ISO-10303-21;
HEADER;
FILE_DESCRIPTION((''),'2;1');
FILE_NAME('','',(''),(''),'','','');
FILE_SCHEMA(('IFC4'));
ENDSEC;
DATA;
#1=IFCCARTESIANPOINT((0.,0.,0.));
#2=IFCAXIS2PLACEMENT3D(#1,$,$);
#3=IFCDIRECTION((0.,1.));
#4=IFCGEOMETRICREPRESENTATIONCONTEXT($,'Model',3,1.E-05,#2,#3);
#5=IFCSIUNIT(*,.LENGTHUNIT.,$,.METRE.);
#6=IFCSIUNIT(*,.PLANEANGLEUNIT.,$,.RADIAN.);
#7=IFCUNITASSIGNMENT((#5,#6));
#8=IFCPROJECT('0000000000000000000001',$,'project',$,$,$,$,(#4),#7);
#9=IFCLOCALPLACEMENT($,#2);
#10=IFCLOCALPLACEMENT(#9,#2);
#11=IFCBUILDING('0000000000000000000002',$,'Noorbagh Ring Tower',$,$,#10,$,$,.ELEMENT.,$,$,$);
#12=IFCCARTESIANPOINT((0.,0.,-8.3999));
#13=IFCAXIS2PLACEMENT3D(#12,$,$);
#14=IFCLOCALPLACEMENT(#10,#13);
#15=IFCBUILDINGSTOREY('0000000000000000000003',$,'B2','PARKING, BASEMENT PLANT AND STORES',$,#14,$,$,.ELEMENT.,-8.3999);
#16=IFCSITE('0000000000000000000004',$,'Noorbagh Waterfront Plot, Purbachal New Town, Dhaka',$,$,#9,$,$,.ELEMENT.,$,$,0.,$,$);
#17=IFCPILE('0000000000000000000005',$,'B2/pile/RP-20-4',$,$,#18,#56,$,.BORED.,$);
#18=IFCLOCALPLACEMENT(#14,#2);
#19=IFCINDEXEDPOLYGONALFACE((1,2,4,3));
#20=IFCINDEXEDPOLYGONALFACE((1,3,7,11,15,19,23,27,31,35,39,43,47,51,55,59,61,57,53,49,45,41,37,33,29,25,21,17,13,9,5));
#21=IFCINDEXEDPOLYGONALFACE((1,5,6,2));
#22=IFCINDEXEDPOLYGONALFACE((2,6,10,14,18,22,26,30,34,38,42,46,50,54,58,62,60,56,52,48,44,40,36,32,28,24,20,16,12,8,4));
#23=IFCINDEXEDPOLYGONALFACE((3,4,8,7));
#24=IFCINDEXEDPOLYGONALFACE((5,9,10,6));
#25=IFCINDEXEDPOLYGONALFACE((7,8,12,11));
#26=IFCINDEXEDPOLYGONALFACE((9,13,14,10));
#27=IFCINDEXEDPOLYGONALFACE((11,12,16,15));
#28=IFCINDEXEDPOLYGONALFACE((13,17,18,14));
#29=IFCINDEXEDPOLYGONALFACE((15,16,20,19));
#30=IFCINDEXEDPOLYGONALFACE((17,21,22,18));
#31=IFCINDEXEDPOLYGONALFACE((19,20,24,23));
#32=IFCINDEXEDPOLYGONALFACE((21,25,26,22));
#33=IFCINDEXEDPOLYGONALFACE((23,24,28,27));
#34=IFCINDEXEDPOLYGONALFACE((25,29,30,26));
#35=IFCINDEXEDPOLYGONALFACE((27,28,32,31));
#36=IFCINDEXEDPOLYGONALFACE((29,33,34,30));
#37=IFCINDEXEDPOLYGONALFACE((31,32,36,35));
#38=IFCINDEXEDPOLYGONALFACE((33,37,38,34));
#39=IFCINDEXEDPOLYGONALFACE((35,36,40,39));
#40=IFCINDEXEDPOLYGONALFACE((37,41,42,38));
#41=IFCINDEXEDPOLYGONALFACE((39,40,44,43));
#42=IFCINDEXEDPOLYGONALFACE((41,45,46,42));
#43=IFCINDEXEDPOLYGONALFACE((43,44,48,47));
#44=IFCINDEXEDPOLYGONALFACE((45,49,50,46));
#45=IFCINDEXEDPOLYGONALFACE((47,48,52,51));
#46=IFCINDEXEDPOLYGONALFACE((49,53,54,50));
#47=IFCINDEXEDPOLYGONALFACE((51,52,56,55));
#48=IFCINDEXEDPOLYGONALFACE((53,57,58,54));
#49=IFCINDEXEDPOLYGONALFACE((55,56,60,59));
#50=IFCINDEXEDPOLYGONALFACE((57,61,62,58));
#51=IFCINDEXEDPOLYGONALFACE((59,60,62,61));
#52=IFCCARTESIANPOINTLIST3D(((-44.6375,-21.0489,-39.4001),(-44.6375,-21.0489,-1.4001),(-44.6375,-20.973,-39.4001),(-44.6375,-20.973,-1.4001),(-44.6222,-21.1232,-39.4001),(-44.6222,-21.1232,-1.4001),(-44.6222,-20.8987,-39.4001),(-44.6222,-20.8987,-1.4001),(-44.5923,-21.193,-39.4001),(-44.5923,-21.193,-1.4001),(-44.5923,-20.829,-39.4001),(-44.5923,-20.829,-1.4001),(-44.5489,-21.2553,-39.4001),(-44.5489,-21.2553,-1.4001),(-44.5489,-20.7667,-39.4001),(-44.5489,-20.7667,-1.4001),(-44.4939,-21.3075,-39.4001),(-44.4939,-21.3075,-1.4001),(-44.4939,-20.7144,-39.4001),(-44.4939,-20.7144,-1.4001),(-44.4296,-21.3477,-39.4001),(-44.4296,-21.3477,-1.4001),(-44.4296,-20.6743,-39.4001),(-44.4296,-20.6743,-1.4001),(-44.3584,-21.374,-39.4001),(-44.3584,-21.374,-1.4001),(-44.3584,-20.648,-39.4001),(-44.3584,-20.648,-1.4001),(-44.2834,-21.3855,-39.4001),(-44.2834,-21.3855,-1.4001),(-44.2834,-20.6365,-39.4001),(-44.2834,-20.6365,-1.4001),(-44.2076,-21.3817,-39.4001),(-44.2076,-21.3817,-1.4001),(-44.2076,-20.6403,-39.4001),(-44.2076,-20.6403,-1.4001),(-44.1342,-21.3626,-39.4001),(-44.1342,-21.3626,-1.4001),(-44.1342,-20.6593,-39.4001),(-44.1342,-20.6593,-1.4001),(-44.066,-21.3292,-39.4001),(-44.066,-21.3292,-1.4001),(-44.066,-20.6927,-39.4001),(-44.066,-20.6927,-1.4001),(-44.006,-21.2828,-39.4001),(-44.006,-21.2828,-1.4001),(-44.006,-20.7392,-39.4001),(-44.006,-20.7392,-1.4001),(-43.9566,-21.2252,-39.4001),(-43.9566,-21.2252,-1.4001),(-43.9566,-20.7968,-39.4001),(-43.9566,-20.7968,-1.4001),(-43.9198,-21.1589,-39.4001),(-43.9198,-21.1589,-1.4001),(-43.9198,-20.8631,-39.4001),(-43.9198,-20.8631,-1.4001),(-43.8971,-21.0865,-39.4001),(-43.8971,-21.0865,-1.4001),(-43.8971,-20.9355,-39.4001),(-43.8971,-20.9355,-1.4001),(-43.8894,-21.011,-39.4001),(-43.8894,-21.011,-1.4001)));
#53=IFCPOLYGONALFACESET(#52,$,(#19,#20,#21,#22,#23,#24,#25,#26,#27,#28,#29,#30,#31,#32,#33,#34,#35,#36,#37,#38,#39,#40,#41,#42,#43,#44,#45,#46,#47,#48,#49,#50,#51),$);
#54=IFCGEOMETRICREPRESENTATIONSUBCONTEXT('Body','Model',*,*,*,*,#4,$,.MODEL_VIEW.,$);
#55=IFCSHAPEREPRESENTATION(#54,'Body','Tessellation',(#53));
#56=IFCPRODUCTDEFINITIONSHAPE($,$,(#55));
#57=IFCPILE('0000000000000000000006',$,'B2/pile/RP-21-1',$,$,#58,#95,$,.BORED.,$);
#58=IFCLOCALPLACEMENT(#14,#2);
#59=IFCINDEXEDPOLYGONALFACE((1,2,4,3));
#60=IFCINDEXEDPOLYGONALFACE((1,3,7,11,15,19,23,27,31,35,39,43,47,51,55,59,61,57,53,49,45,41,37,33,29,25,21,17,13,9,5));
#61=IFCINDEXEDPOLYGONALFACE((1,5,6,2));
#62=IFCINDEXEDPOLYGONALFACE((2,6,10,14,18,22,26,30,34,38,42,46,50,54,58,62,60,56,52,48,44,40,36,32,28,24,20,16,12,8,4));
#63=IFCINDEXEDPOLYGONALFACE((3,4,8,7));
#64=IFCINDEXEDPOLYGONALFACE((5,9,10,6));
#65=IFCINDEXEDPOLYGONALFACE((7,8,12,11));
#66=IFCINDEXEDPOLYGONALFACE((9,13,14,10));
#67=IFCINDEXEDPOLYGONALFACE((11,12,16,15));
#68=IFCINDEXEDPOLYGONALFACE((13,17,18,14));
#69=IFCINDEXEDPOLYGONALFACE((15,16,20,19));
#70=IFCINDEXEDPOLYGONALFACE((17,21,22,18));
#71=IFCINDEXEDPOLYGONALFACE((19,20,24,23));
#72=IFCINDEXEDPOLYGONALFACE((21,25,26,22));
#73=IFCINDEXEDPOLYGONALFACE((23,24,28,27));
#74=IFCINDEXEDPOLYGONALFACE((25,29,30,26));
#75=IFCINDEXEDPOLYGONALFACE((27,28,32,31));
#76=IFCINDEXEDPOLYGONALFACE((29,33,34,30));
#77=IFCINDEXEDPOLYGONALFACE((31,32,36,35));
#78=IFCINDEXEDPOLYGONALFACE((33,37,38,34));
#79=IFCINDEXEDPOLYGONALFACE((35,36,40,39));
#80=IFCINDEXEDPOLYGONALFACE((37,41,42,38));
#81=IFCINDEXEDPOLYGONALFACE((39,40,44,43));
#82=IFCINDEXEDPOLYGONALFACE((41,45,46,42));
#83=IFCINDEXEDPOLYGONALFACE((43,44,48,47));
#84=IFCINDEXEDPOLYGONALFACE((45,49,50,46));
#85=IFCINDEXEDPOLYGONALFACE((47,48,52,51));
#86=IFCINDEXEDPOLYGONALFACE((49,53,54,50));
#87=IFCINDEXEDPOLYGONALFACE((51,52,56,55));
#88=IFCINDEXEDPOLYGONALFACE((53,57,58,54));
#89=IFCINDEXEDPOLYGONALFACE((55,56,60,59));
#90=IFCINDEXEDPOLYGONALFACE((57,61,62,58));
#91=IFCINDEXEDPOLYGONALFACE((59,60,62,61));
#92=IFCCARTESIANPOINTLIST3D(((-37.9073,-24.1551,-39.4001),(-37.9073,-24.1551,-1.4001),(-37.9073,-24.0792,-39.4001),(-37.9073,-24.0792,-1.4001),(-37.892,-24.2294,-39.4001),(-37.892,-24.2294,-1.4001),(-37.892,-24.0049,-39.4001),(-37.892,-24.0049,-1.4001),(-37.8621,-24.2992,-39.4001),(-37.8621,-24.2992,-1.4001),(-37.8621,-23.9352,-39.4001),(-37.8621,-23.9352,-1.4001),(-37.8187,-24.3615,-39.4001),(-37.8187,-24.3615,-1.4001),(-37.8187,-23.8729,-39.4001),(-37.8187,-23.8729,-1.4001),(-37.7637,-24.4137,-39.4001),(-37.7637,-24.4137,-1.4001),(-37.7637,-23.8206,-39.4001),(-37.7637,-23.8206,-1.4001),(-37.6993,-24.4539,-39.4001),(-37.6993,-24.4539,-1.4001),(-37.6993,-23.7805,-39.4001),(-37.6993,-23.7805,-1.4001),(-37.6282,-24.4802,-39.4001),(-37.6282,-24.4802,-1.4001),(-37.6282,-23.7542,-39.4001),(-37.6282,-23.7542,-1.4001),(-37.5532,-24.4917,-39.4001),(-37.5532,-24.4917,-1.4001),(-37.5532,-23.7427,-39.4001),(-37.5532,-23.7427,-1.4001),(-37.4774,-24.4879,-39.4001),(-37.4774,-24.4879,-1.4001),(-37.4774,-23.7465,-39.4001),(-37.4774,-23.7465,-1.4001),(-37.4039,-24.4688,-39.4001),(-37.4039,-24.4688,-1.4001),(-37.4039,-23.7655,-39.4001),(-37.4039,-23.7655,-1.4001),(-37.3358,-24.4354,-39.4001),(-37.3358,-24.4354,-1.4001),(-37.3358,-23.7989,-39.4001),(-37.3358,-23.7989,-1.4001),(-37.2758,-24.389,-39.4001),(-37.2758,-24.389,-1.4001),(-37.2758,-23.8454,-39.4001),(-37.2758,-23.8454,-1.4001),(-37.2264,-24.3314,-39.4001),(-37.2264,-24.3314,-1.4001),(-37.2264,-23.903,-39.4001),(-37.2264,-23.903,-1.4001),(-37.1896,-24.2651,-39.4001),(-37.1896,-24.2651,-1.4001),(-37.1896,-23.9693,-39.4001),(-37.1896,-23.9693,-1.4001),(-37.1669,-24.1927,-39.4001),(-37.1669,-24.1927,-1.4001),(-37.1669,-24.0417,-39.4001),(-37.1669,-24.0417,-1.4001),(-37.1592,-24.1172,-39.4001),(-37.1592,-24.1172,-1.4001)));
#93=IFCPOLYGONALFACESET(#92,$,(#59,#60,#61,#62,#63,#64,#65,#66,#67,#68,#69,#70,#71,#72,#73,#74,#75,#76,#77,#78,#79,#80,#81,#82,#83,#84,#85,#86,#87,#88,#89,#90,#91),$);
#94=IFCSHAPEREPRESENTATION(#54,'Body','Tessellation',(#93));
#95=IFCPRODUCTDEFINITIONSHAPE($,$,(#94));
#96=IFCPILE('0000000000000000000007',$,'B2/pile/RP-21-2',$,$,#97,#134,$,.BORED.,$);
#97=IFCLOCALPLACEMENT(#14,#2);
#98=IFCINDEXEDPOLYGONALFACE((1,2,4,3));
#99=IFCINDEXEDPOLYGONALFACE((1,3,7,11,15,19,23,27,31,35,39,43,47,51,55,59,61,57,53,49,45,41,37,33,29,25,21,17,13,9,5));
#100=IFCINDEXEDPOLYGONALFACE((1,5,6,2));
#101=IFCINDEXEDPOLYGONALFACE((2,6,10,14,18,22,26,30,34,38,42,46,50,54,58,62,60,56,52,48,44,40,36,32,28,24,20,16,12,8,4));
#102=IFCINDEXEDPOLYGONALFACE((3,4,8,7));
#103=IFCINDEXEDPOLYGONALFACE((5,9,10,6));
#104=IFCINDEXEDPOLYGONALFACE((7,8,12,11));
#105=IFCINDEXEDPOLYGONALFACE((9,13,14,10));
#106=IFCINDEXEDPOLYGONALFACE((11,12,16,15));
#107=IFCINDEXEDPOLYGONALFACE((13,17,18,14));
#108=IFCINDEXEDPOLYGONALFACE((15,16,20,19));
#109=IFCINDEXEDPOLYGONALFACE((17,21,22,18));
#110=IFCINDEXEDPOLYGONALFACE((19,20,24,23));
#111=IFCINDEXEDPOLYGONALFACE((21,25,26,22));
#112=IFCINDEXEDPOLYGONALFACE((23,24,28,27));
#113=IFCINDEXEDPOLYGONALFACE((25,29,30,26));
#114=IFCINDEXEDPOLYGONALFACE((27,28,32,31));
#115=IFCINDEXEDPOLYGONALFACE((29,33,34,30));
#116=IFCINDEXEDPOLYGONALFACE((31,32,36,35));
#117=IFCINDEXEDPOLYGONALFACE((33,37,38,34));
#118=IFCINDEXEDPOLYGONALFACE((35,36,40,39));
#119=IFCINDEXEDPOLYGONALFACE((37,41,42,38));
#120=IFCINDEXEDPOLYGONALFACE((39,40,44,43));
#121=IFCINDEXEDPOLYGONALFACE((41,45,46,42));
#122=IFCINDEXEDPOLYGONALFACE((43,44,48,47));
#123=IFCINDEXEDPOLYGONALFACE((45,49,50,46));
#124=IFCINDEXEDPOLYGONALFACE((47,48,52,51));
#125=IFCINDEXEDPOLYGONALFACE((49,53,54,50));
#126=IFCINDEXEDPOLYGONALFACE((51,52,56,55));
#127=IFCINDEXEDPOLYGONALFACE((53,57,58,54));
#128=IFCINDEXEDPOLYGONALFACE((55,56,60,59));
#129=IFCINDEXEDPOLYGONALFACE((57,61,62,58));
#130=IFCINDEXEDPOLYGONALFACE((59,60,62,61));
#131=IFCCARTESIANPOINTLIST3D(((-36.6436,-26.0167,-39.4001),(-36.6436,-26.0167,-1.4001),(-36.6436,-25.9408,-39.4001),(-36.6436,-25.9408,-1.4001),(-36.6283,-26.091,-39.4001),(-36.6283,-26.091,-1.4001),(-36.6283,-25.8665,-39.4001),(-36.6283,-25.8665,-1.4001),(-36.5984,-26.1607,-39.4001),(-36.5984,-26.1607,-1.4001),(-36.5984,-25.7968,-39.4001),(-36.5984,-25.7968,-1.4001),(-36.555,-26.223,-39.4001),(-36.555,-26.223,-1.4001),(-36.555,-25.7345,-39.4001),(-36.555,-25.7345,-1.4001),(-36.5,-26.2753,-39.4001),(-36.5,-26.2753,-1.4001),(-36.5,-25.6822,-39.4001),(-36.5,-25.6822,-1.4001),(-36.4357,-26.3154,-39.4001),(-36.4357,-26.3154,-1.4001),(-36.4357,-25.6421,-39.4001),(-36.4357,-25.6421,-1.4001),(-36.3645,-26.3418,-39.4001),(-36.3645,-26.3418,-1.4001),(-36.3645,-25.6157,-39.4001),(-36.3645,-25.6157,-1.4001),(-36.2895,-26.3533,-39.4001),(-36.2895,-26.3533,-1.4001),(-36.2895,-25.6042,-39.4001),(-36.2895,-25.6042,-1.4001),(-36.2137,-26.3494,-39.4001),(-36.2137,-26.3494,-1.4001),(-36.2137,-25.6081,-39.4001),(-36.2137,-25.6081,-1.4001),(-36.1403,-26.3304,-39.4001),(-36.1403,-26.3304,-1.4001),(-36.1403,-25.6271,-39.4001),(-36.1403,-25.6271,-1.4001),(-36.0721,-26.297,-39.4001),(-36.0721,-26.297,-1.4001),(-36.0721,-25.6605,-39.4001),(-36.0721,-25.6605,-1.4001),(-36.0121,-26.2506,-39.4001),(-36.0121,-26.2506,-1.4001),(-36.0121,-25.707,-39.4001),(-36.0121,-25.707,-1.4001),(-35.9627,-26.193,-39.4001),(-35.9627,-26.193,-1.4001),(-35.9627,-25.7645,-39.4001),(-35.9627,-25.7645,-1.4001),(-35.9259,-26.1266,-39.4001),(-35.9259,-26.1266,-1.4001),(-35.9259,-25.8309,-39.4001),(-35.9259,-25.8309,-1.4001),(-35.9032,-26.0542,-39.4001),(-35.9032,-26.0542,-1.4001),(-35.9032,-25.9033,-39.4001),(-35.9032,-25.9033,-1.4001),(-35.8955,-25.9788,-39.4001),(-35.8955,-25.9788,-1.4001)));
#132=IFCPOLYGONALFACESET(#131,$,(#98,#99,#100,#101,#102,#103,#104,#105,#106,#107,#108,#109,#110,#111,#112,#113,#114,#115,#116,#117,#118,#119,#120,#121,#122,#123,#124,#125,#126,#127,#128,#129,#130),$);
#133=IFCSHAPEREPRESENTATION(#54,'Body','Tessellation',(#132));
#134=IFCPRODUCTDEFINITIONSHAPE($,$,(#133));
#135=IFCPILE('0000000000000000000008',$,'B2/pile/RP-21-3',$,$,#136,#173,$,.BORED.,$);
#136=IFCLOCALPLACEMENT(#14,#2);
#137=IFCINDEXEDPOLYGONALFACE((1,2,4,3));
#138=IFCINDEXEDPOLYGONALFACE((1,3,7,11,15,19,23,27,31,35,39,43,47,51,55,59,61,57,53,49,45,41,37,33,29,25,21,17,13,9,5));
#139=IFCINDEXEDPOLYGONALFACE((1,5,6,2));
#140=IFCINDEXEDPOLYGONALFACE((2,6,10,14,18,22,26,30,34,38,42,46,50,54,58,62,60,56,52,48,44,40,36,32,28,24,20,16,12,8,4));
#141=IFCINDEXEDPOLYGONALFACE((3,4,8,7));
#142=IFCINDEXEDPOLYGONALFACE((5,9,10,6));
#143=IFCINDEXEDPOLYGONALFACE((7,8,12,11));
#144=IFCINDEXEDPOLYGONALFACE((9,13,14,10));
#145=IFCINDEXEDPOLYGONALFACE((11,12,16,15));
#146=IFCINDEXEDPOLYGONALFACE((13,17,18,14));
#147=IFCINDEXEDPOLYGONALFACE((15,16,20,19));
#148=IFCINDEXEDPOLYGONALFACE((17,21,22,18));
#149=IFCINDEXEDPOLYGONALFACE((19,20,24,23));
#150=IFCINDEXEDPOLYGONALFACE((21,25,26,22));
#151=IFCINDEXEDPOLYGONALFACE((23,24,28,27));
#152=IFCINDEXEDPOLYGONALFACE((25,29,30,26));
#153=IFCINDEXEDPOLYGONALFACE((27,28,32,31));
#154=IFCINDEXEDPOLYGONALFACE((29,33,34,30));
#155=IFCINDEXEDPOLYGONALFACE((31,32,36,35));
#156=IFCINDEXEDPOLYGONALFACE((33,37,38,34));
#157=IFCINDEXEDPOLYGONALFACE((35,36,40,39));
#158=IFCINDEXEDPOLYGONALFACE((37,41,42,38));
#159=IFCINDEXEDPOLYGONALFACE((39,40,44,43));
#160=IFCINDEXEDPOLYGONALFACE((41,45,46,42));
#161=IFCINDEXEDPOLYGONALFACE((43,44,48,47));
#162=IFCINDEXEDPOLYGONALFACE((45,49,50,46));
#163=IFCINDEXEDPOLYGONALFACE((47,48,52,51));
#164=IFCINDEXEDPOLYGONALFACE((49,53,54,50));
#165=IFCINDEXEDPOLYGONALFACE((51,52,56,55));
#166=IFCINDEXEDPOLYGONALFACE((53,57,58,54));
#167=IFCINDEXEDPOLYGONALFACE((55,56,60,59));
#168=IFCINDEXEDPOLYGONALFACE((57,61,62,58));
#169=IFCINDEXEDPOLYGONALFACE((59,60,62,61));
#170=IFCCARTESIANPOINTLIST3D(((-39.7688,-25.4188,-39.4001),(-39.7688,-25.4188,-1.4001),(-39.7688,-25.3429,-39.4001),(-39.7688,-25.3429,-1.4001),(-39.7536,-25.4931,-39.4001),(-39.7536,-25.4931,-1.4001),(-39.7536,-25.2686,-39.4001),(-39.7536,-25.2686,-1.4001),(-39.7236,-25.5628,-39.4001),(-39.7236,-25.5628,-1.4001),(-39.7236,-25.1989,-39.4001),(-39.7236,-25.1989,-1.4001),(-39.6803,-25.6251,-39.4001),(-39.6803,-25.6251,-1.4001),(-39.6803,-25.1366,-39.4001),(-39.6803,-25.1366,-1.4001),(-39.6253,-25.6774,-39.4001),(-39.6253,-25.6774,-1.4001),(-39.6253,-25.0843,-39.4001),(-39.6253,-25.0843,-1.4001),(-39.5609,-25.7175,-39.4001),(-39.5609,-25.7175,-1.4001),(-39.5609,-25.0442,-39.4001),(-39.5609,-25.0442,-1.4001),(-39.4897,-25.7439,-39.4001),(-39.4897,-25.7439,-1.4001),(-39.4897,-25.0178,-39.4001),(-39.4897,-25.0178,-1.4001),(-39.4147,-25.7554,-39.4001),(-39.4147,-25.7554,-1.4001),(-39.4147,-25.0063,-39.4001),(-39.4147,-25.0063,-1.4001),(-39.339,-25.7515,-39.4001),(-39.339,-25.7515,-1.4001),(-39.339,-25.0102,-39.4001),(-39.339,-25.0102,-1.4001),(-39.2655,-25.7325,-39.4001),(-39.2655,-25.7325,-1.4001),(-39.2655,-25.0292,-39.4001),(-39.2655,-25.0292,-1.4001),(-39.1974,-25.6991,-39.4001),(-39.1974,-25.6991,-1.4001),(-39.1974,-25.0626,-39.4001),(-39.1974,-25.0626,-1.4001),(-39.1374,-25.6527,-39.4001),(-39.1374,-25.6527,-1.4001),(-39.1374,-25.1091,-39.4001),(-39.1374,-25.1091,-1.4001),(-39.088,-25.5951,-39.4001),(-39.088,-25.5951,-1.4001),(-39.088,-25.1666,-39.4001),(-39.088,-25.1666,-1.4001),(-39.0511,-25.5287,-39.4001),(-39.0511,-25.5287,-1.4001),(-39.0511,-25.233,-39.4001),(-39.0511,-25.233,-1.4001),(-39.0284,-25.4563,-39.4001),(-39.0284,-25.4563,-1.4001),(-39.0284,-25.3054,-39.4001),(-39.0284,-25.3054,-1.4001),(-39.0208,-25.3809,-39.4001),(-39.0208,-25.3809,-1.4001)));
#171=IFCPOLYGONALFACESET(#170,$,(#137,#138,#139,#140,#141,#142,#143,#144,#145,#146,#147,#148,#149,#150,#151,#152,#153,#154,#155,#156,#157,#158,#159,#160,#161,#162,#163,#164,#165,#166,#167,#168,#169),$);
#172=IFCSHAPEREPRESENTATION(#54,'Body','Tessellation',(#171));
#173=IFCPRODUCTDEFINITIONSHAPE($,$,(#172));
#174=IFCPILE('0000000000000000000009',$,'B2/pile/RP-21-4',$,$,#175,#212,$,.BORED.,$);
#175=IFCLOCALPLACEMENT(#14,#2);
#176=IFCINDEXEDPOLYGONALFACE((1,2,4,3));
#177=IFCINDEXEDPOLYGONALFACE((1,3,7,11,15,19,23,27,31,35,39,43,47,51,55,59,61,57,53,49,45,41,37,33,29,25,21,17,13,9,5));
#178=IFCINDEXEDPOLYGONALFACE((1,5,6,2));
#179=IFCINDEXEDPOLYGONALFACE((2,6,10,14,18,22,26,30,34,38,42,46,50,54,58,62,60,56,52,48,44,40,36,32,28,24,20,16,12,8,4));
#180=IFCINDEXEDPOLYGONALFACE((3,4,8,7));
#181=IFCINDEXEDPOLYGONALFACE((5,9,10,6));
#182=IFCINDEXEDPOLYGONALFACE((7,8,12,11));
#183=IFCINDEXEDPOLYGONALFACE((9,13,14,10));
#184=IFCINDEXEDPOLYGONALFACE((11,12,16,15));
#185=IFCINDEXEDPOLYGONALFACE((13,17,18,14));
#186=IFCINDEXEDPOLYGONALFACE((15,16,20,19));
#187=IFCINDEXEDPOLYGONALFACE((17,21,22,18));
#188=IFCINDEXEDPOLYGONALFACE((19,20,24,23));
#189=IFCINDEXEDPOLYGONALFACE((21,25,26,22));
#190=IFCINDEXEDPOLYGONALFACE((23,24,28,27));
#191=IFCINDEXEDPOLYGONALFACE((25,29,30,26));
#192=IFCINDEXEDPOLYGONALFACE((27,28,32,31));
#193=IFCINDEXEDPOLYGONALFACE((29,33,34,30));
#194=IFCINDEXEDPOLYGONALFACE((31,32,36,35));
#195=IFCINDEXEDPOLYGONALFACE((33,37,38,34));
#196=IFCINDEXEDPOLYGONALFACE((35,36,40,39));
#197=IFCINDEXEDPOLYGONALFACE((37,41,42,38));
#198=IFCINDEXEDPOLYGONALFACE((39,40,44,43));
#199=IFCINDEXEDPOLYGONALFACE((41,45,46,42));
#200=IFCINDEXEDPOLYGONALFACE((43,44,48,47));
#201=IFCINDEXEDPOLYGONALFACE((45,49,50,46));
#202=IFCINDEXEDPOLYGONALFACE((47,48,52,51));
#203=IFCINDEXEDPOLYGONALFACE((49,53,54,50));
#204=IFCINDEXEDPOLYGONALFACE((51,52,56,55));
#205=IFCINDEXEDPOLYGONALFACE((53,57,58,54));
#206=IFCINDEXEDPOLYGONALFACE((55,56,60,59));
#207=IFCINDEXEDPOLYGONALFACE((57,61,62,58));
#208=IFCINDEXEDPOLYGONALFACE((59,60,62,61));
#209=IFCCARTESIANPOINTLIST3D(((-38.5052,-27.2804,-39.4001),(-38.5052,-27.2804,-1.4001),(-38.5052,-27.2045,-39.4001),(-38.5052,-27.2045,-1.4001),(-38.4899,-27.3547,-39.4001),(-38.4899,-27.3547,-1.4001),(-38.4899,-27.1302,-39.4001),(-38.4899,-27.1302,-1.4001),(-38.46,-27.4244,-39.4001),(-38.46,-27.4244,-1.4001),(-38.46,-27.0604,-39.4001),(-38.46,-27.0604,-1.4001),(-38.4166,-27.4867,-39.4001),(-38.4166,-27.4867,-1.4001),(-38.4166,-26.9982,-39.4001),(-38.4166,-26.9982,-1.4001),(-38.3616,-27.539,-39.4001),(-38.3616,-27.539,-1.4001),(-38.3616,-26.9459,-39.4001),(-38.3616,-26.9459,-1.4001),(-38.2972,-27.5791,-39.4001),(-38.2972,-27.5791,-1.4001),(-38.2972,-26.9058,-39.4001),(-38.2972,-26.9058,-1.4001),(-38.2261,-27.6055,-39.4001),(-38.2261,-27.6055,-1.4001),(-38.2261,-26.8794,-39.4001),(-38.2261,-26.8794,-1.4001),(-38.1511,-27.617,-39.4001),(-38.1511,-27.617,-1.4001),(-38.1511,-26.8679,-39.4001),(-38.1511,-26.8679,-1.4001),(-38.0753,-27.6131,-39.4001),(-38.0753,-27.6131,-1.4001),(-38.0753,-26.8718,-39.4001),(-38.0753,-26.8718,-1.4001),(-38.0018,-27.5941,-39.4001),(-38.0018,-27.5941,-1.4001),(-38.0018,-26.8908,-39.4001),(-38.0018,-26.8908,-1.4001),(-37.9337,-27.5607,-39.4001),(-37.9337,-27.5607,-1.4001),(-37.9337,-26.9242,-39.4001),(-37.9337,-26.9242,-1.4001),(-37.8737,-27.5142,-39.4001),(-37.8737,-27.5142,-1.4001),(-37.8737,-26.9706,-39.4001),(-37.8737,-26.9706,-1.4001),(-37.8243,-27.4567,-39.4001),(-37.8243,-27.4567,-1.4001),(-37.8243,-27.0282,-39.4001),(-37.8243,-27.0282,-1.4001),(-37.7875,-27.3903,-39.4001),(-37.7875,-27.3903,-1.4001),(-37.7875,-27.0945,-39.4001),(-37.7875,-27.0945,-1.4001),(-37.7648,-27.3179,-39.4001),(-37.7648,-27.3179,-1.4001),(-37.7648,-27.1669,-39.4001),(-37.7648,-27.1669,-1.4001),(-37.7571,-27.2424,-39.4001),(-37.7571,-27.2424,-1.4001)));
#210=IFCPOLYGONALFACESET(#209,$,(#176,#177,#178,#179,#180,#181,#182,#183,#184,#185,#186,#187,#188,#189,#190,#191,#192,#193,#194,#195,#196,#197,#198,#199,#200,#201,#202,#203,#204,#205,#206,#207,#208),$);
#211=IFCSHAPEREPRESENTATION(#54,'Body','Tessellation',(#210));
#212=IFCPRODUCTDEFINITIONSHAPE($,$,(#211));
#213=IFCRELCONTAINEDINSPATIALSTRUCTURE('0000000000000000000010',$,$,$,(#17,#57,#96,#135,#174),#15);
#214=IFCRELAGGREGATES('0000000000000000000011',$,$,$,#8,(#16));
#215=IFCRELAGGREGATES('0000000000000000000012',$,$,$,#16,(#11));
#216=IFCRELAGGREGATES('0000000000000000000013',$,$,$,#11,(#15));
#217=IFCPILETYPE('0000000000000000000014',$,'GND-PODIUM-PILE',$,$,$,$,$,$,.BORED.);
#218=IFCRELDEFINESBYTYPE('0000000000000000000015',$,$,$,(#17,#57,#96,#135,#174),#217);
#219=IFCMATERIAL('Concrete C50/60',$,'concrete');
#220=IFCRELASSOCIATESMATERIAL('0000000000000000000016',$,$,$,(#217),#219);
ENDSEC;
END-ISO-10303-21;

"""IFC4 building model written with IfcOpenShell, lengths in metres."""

from ifc_helpers import new_model, si_unit, direction, frame, origin, origin_2d, place, context, subcontext, project, spatial, circle, extrude, material, material_profile, profile_set, type_object, element, save


model = new_model("IFC4")

# Units and contexts
model_context = context("Model", 3, precision=1e-05, world=origin(), true_north=direction((0.0, 1.0)))
body_context = subcontext(model_context, "Body", "Model", "MODEL_VIEW")
ifc_project = project(units=[si_unit("LENGTHUNIT", "METRE"), si_unit("PLANEANGLEUNIT", "RADIAN")], contexts=[model_context])

# Site, building, storey
site_placement = place(None, origin())
site = spatial("IfcSite", under=ifc_project, at=site_placement, Name="Noorbagh Waterfront Plot, Purbachal New Town, Dhaka", CompositionType="ELEMENT", RefElevation=0.0)
building_placement = place(site_placement, origin())
building = spatial("IfcBuilding", under=site, at=building_placement, Name="Noorbagh Ring Tower", CompositionType="ELEMENT")
storey_placement = place(building_placement, frame((0.0, 0.0, -8.3999)))
storey = spatial("IfcBuildingStorey", under=building, at=storey_placement, Name="B2", Description="PARKING, BASEMENT PLANT AND STORES", CompositionType="ELEMENT", Elevation=-8.3999)

# Piles
ifc_material_1 = material(Name="Concrete C50/60", Category="concrete")
ifc_material_profile_1 = material_profile(ifc_material_1, circle(Radius=0.375, at=origin_2d()), Name="PILE750")
ifc_profile_set_1 = profile_set([ifc_material_profile_1], Name="Concrete C50/60")
pile_type = type_object("IfcPileType", Name="GND-PODIUM-PILE", PredefinedType="BORED", material=ifc_profile_set_1)
for number, where, z_axis, x_axis, name in (
    (1, (-44.2644, -21.011, -1.4001), (0.0, 0.0, -1.0), (1.0, 0.0, 0.0), "B2/pile/RP-20-4"),
    (2, (-37.5342, -24.1172, -1.4001), (0.0, 0.0, -1.0), (1.0, 0.0, 0.0), "B2/pile/RP-21-1"),
    (3, (-36.2705, -25.9788, -1.4001), (0.0, 0.0, -1.0), (1.0, 0.0, 0.0), "B2/pile/RP-21-2"),
    (4, (-39.3958, -25.3809, -1.4001), (0.0, 0.0, -1.0), (1.0, 0.0, 0.0), "B2/pile/RP-21-3"),
    (5, (-38.1321, -27.2424, -1.4001), (0.0, 0.0, -1.0), (1.0, 0.0, 0.0), "B2/pile/RP-21-4"),
):
    element("IfcPile", number, at=place(storey_placement, frame(where, z_axis=z_axis, x_axis=x_axis)), inside=storey, type_object=pile_type, Name=name, PredefinedType="BORED", context=body_context, shape_type="SweptSolid", body=[
        extrude(circle(Radius=0.375, at=origin_2d()), origin(), (0.0, 0.0, 1.0), 38.0),
    ])

save(model, "model.ifc")
